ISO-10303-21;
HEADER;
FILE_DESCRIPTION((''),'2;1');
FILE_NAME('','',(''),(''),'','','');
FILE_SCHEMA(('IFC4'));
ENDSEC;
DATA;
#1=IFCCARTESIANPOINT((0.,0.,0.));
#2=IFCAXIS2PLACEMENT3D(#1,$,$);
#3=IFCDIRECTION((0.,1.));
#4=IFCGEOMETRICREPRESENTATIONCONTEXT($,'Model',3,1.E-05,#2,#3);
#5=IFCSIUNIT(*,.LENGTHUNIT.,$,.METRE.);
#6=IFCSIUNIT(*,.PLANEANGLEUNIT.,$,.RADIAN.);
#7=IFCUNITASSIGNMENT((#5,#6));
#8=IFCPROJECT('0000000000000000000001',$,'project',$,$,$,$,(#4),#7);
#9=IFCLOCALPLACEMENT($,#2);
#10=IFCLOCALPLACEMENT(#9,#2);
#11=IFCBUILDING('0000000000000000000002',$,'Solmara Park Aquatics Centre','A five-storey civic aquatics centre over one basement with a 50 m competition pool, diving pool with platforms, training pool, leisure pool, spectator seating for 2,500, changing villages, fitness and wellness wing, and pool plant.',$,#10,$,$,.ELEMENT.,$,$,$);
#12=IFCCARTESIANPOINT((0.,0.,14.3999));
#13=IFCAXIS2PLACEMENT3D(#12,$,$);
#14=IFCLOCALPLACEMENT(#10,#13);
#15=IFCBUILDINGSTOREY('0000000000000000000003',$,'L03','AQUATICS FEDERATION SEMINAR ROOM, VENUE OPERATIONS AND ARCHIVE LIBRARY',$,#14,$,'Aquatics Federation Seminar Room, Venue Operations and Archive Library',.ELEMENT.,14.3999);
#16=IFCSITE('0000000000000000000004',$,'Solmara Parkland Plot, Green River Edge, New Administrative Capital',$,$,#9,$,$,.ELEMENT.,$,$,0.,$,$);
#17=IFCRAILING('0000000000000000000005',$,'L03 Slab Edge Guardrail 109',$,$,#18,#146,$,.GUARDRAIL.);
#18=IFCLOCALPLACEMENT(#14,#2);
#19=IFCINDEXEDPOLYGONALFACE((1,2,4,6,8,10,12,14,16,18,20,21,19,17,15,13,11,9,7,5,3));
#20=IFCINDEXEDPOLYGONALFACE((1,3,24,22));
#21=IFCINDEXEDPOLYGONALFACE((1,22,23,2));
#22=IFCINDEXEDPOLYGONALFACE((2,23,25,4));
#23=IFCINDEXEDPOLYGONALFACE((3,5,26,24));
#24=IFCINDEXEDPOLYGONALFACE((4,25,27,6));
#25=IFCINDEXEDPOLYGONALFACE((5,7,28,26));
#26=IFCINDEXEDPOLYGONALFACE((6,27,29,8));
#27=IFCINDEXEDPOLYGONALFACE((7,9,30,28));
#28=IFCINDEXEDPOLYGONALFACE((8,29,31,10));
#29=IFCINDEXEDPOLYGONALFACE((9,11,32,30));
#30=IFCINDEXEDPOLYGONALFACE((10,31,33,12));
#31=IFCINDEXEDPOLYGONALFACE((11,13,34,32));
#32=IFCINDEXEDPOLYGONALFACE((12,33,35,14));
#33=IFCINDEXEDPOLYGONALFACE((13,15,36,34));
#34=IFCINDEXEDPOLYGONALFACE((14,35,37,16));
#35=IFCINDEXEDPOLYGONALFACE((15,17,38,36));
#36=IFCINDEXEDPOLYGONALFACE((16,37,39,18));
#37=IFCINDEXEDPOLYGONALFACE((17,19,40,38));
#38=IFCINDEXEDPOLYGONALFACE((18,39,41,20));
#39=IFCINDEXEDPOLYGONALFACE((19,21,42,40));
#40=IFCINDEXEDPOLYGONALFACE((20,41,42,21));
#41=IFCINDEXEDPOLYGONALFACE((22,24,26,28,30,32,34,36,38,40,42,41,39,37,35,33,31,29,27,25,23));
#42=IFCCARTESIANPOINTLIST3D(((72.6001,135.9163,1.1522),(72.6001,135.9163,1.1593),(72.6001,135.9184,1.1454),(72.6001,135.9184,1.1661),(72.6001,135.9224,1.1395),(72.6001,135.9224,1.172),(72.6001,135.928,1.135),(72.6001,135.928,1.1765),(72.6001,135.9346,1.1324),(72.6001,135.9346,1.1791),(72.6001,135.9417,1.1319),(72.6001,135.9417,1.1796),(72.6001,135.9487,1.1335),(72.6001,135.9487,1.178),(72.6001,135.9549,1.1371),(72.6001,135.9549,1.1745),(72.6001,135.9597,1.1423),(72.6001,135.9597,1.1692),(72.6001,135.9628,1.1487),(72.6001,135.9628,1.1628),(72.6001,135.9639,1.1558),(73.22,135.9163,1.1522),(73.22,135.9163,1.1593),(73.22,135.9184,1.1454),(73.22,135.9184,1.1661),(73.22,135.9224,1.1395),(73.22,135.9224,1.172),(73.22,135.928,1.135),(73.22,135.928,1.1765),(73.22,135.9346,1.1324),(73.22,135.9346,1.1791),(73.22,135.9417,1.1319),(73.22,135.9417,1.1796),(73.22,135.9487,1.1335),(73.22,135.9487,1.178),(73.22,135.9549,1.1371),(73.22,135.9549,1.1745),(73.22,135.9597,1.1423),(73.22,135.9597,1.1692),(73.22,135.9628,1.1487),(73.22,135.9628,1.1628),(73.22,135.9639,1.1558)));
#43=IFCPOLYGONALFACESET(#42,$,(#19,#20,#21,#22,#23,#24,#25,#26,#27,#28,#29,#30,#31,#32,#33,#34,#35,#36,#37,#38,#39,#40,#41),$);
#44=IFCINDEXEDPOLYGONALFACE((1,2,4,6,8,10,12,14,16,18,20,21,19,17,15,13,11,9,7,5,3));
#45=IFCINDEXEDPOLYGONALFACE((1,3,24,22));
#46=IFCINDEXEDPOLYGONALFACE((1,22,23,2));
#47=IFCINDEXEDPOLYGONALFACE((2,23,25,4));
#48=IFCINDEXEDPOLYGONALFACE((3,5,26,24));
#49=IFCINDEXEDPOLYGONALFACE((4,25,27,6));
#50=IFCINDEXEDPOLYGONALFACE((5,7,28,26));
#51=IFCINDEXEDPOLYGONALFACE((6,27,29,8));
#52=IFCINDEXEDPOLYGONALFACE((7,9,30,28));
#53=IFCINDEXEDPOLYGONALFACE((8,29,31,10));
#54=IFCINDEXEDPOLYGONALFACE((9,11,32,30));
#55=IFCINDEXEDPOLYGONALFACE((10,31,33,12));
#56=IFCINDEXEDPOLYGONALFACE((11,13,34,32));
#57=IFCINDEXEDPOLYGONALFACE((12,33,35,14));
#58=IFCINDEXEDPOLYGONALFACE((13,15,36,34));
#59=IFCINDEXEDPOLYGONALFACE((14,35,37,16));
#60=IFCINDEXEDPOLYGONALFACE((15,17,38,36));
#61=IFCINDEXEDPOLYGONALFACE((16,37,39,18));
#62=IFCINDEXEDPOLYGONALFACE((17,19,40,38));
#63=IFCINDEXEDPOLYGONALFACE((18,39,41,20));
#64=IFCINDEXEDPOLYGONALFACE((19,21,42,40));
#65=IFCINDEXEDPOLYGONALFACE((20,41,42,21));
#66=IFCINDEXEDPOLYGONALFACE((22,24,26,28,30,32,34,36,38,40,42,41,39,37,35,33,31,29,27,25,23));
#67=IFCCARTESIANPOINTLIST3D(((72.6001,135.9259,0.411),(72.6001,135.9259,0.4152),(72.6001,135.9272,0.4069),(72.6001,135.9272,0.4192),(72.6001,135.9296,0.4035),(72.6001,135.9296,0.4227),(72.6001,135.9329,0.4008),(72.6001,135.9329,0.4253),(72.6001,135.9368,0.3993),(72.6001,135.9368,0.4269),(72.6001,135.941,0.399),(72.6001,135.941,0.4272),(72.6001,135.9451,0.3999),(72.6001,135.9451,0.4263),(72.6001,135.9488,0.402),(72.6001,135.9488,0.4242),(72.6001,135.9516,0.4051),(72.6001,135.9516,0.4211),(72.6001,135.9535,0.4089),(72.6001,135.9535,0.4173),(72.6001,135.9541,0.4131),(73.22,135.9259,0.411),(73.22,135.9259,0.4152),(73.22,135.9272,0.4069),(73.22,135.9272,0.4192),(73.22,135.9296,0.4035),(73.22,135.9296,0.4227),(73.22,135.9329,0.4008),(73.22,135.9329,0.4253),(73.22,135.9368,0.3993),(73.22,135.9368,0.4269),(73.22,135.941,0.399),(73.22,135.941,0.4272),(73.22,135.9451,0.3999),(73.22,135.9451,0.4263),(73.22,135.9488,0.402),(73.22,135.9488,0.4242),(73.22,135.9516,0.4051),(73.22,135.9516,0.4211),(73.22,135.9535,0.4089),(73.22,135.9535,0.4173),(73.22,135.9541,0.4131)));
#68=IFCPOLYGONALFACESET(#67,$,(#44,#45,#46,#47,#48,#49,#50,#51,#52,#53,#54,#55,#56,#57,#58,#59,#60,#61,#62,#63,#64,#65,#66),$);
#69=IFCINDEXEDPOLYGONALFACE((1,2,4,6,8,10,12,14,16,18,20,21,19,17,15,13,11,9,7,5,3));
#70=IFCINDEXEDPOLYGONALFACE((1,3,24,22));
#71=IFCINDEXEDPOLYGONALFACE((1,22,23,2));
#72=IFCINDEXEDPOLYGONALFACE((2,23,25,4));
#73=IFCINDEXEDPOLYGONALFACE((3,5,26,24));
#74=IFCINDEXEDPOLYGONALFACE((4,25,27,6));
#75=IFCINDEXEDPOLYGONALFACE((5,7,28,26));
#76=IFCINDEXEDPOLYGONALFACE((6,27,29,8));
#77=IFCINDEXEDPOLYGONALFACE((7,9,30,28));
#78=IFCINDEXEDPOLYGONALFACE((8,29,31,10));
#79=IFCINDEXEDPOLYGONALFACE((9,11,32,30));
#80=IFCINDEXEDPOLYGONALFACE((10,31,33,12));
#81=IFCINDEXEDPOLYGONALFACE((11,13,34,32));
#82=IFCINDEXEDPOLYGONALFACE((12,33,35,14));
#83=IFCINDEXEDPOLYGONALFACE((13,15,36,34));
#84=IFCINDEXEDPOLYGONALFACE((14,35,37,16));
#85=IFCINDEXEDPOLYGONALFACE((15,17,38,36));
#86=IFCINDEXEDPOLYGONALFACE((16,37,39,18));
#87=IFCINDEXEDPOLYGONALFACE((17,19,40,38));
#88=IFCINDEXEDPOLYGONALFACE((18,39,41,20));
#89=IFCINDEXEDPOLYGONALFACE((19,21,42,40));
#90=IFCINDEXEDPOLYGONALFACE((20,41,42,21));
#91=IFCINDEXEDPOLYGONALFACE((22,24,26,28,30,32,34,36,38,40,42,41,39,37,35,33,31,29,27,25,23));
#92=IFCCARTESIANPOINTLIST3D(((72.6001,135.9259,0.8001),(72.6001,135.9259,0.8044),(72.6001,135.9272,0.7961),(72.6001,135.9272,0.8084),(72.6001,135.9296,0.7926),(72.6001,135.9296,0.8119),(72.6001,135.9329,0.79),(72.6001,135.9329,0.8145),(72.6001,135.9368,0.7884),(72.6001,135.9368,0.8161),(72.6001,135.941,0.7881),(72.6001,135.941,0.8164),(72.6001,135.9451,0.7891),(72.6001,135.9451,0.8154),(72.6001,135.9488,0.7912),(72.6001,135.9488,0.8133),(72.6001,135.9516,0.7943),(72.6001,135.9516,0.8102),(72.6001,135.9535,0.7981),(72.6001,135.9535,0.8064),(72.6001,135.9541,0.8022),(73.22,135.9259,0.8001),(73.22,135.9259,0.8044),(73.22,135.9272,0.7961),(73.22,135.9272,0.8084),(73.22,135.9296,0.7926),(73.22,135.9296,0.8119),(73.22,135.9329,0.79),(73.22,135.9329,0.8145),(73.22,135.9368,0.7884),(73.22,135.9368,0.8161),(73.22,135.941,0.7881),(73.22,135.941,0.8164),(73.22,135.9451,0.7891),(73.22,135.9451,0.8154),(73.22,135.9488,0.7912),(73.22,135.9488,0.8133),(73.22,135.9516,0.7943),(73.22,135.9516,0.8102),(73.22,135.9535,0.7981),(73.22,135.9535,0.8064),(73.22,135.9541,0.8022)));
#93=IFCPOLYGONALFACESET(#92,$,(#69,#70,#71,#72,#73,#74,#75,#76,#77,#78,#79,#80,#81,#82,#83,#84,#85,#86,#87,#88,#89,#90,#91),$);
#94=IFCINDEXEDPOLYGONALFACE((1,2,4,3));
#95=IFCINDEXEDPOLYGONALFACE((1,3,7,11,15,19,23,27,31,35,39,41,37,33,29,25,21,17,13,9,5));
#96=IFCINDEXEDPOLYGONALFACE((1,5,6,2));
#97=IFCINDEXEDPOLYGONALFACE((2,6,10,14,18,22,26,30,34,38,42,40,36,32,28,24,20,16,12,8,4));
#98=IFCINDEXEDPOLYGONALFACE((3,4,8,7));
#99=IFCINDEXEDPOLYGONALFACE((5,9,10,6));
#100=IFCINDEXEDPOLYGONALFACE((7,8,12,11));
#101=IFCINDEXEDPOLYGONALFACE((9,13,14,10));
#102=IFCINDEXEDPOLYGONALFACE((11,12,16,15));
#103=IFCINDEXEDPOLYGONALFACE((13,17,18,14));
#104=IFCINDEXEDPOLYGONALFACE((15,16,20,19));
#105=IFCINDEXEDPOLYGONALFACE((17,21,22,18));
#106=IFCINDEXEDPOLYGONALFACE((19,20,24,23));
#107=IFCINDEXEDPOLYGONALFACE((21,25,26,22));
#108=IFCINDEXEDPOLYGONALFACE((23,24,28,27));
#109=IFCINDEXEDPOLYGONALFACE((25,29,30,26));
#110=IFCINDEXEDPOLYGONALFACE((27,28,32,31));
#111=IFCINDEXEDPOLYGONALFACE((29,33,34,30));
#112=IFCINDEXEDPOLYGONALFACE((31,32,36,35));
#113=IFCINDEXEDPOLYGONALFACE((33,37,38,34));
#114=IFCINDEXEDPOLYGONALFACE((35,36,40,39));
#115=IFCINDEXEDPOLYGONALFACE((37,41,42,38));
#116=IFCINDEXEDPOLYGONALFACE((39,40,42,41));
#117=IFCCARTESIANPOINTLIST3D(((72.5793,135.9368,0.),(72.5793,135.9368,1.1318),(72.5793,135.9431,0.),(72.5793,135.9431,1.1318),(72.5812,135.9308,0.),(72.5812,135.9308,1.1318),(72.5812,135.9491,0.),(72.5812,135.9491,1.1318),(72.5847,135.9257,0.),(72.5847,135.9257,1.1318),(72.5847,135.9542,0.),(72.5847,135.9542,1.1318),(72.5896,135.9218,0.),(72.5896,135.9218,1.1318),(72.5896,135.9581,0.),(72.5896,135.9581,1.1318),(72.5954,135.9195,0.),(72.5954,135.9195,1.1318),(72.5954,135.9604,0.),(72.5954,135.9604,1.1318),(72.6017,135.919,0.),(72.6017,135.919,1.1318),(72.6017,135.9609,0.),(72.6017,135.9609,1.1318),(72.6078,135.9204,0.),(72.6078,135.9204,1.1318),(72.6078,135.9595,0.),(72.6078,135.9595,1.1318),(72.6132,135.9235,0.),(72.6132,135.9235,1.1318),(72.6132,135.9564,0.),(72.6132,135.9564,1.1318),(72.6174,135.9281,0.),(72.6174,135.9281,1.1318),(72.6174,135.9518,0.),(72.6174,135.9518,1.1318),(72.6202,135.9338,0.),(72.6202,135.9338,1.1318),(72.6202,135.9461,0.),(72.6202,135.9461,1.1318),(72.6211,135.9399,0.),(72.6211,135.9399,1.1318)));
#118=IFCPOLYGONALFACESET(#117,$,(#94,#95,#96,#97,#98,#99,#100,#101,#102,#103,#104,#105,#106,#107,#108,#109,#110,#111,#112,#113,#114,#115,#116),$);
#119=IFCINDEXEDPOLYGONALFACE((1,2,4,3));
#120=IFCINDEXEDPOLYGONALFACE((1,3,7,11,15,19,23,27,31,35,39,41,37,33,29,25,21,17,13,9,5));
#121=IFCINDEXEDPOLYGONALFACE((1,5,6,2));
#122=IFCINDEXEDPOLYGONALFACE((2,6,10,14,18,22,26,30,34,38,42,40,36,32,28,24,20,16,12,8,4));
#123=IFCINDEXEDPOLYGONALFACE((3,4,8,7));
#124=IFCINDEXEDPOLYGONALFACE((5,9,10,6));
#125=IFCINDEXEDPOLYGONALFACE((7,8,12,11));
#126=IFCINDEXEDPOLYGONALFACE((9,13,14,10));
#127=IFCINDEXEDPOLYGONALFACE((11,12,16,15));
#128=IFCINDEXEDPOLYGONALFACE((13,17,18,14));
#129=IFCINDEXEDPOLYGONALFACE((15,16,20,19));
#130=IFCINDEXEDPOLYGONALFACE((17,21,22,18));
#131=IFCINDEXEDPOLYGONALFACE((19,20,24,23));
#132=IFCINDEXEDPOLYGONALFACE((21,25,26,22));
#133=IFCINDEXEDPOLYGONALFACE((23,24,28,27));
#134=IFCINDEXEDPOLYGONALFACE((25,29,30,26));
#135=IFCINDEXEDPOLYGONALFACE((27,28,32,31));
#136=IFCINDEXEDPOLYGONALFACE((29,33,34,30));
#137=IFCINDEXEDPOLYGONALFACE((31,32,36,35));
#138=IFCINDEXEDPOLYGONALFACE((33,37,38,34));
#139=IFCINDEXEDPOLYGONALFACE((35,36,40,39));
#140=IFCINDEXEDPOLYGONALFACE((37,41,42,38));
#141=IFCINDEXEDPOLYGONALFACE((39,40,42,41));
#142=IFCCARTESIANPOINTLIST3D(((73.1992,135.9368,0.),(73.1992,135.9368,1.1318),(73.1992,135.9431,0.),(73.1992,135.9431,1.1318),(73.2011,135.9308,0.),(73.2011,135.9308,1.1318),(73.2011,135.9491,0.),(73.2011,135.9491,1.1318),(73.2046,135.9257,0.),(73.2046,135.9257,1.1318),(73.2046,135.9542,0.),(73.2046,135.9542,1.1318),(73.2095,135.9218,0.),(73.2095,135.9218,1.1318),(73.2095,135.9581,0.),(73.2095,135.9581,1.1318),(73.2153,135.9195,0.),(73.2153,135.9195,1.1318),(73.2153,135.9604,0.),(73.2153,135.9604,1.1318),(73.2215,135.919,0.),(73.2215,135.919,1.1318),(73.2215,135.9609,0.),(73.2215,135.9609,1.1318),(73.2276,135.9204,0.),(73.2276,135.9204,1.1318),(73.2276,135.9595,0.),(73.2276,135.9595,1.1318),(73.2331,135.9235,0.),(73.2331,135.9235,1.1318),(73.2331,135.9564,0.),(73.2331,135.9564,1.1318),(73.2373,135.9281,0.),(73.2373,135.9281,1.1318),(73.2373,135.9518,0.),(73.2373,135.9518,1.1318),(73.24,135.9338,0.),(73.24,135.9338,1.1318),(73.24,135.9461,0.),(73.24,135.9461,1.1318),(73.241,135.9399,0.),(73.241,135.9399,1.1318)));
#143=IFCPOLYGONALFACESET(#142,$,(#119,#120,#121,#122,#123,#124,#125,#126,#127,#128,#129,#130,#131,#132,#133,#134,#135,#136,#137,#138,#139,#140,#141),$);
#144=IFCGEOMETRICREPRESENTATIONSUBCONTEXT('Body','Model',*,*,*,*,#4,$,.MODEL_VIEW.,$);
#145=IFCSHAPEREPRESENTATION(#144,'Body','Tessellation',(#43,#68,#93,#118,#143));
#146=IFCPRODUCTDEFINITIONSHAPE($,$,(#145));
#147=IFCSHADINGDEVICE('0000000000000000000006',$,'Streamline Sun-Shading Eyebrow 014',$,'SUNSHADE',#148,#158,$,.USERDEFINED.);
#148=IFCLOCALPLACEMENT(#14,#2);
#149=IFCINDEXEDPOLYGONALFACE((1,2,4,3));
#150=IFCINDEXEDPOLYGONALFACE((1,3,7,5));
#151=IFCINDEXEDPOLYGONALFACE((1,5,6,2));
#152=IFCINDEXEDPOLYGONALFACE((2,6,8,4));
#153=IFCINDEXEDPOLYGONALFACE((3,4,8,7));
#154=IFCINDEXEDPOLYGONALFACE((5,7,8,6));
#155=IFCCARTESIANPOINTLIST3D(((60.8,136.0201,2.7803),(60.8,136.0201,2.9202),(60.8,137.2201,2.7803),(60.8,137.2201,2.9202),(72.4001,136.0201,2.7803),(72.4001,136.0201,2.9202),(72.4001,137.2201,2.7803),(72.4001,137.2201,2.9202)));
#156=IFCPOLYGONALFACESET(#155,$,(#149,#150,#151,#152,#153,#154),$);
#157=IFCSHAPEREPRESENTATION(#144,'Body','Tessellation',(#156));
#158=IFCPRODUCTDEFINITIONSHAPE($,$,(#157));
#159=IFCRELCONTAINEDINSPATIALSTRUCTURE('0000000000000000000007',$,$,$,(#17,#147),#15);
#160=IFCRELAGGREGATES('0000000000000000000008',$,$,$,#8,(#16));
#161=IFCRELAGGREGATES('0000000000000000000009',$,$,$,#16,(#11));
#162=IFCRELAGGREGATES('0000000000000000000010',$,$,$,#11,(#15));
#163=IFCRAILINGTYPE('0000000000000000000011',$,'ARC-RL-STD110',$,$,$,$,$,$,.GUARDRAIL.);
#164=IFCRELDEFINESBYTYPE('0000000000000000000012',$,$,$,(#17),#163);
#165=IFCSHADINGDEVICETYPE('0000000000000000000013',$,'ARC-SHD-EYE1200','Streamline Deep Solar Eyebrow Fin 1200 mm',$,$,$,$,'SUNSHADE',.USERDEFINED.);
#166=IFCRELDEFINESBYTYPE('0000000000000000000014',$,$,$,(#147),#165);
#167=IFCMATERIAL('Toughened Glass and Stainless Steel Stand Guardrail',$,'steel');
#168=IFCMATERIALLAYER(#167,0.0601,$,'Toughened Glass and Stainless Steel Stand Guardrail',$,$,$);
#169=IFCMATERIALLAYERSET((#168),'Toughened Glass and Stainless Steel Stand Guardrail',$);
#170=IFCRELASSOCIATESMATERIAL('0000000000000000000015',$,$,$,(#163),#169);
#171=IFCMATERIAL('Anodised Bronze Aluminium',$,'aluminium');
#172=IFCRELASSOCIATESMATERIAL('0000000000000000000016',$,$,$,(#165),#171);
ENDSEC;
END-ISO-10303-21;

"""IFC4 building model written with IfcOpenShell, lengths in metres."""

from ifc_helpers import new_model, si_unit, direction, frame, origin, origin_2d, place, context, subcontext, project, spatial, rectangle, circle, extrude, material, layer, layer_set, type_object, element, save


model = new_model("IFC4")

# Units and contexts
model_context = context("Model", 3, precision=1e-05, world=origin(), true_north=direction((0.0, 1.0)))
body_context = subcontext(model_context, "Body", "Model", "MODEL_VIEW")
ifc_project = project(units=[si_unit("LENGTHUNIT", "METRE"), si_unit("PLANEANGLEUNIT", "RADIAN")], contexts=[model_context])

# Site, building, storey
site_placement = place(None, origin())
site = spatial("IfcSite", under=ifc_project, at=site_placement, Name="Solmara Parkland Plot, Green River Edge, New Administrative Capital", CompositionType="ELEMENT", RefElevation=0.0)
building_placement = place(site_placement, origin())
building = spatial("IfcBuilding", under=site, at=building_placement, Name="Solmara Park Aquatics Centre", Description="A five-storey civic aquatics centre over one basement with a 50 m competition pool, diving pool with platforms, training pool, leisure pool, spectator seating for 2,500, changing villages, fitness and wellness wing, and pool plant.", CompositionType="ELEMENT")
storey_placement = place(building_placement, frame((0.0, 0.0, 14.3999)))
storey = spatial("IfcBuildingStorey", under=building, at=storey_placement, Name="L03", Description="AQUATICS FEDERATION SEMINAR ROOM, VENUE OPERATIONS AND ARCHIVE LIBRARY", LongName="Aquatics Federation Seminar Room, Venue Operations and Archive Library", CompositionType="ELEMENT", Elevation=14.3999)

# Railing
ifc_material_1 = material(Name="Toughened Glass and Stainless Steel Stand Guardrail", Category="steel")
ifc_layer_1 = layer(ifc_material_1, 0.0601, Name="Toughened Glass and Stainless Steel Stand Guardrail")
ifc_layer_set_1 = layer_set([ifc_layer_1], Name="Toughened Glass and Stainless Steel Stand Guardrail")
railing_type = type_object("IfcRailingType", Name="ARC-RL-STD110", PredefinedType="GUARDRAIL", material=ifc_layer_set_1)
railing_1_placement = place(storey_placement, frame((72.6001, 135.9399, 0.0)))
element("IfcRailing", 1, at=railing_1_placement, inside=storey, type_object=railing_type, Name="L03 Slab Edge Guardrail 109", PredefinedType="GUARDRAIL", context=body_context, shape_type="SweptSolid", body=[
    extrude(circle(Radius=0.0239, at=origin_2d()), frame((0.0, 0.0, 1.1558), z_axis=(1.0, 0.0, 0.0), x_axis=(0.0, 1.0, 0.0)), (0.0, 0.0, 1.0), 0.6199),
    extrude(circle(Radius=0.0142, at=origin_2d()), frame((0.0, 0.0, 0.4131), z_axis=(1.0, 0.0, 0.0), x_axis=(0.0, 1.0, 0.0)), (0.0, 0.0, 1.0), 0.6199),
    extrude(circle(Radius=0.0142, at=origin_2d()), frame((0.0, 0.0, 0.8022), z_axis=(1.0, 0.0, 0.0), x_axis=(0.0, 1.0, 0.0)), (0.0, 0.0, 1.0), 0.6199),
    extrude(circle(Radius=0.021, at=origin_2d()), origin(), (0.0, 0.0, 1.0), 1.1318),
    extrude(circle(Radius=0.021, at=origin_2d()), frame((0.6199, 0.0, 0.0)), (0.0, 0.0, 1.0), 1.1318),
])

# Shading device
ifc_material_2 = material(Name="Anodised Bronze Aluminium", Category="aluminium")
shading_device_type = type_object("IfcShadingDeviceType", Name="ARC-SHD-EYE1200", Description="Streamline Deep Solar Eyebrow Fin 1200 mm", ElementType="SUNSHADE", PredefinedType="USERDEFINED", material=ifc_material_2)
shading_device_placement = place(storey_placement, frame((66.6001, 136.6201, 2.7803), z_axis=(0.0, 0.0, 1.0), x_axis=(1.0, 0.0, 0.0)))
element("IfcShadingDevice", 2, at=shading_device_placement, inside=storey, type_object=shading_device_type, Name="Streamline Sun-Shading Eyebrow 014", ObjectType="SUNSHADE", PredefinedType="USERDEFINED", context=body_context, shape_type="SweptSolid", body=[
    extrude(rectangle(XDim=11.6001, YDim=1.2, at=origin_2d()), origin(), (0.0, 0.0, 1.0), 0.1399),
])

save(model, "model.ifc")
